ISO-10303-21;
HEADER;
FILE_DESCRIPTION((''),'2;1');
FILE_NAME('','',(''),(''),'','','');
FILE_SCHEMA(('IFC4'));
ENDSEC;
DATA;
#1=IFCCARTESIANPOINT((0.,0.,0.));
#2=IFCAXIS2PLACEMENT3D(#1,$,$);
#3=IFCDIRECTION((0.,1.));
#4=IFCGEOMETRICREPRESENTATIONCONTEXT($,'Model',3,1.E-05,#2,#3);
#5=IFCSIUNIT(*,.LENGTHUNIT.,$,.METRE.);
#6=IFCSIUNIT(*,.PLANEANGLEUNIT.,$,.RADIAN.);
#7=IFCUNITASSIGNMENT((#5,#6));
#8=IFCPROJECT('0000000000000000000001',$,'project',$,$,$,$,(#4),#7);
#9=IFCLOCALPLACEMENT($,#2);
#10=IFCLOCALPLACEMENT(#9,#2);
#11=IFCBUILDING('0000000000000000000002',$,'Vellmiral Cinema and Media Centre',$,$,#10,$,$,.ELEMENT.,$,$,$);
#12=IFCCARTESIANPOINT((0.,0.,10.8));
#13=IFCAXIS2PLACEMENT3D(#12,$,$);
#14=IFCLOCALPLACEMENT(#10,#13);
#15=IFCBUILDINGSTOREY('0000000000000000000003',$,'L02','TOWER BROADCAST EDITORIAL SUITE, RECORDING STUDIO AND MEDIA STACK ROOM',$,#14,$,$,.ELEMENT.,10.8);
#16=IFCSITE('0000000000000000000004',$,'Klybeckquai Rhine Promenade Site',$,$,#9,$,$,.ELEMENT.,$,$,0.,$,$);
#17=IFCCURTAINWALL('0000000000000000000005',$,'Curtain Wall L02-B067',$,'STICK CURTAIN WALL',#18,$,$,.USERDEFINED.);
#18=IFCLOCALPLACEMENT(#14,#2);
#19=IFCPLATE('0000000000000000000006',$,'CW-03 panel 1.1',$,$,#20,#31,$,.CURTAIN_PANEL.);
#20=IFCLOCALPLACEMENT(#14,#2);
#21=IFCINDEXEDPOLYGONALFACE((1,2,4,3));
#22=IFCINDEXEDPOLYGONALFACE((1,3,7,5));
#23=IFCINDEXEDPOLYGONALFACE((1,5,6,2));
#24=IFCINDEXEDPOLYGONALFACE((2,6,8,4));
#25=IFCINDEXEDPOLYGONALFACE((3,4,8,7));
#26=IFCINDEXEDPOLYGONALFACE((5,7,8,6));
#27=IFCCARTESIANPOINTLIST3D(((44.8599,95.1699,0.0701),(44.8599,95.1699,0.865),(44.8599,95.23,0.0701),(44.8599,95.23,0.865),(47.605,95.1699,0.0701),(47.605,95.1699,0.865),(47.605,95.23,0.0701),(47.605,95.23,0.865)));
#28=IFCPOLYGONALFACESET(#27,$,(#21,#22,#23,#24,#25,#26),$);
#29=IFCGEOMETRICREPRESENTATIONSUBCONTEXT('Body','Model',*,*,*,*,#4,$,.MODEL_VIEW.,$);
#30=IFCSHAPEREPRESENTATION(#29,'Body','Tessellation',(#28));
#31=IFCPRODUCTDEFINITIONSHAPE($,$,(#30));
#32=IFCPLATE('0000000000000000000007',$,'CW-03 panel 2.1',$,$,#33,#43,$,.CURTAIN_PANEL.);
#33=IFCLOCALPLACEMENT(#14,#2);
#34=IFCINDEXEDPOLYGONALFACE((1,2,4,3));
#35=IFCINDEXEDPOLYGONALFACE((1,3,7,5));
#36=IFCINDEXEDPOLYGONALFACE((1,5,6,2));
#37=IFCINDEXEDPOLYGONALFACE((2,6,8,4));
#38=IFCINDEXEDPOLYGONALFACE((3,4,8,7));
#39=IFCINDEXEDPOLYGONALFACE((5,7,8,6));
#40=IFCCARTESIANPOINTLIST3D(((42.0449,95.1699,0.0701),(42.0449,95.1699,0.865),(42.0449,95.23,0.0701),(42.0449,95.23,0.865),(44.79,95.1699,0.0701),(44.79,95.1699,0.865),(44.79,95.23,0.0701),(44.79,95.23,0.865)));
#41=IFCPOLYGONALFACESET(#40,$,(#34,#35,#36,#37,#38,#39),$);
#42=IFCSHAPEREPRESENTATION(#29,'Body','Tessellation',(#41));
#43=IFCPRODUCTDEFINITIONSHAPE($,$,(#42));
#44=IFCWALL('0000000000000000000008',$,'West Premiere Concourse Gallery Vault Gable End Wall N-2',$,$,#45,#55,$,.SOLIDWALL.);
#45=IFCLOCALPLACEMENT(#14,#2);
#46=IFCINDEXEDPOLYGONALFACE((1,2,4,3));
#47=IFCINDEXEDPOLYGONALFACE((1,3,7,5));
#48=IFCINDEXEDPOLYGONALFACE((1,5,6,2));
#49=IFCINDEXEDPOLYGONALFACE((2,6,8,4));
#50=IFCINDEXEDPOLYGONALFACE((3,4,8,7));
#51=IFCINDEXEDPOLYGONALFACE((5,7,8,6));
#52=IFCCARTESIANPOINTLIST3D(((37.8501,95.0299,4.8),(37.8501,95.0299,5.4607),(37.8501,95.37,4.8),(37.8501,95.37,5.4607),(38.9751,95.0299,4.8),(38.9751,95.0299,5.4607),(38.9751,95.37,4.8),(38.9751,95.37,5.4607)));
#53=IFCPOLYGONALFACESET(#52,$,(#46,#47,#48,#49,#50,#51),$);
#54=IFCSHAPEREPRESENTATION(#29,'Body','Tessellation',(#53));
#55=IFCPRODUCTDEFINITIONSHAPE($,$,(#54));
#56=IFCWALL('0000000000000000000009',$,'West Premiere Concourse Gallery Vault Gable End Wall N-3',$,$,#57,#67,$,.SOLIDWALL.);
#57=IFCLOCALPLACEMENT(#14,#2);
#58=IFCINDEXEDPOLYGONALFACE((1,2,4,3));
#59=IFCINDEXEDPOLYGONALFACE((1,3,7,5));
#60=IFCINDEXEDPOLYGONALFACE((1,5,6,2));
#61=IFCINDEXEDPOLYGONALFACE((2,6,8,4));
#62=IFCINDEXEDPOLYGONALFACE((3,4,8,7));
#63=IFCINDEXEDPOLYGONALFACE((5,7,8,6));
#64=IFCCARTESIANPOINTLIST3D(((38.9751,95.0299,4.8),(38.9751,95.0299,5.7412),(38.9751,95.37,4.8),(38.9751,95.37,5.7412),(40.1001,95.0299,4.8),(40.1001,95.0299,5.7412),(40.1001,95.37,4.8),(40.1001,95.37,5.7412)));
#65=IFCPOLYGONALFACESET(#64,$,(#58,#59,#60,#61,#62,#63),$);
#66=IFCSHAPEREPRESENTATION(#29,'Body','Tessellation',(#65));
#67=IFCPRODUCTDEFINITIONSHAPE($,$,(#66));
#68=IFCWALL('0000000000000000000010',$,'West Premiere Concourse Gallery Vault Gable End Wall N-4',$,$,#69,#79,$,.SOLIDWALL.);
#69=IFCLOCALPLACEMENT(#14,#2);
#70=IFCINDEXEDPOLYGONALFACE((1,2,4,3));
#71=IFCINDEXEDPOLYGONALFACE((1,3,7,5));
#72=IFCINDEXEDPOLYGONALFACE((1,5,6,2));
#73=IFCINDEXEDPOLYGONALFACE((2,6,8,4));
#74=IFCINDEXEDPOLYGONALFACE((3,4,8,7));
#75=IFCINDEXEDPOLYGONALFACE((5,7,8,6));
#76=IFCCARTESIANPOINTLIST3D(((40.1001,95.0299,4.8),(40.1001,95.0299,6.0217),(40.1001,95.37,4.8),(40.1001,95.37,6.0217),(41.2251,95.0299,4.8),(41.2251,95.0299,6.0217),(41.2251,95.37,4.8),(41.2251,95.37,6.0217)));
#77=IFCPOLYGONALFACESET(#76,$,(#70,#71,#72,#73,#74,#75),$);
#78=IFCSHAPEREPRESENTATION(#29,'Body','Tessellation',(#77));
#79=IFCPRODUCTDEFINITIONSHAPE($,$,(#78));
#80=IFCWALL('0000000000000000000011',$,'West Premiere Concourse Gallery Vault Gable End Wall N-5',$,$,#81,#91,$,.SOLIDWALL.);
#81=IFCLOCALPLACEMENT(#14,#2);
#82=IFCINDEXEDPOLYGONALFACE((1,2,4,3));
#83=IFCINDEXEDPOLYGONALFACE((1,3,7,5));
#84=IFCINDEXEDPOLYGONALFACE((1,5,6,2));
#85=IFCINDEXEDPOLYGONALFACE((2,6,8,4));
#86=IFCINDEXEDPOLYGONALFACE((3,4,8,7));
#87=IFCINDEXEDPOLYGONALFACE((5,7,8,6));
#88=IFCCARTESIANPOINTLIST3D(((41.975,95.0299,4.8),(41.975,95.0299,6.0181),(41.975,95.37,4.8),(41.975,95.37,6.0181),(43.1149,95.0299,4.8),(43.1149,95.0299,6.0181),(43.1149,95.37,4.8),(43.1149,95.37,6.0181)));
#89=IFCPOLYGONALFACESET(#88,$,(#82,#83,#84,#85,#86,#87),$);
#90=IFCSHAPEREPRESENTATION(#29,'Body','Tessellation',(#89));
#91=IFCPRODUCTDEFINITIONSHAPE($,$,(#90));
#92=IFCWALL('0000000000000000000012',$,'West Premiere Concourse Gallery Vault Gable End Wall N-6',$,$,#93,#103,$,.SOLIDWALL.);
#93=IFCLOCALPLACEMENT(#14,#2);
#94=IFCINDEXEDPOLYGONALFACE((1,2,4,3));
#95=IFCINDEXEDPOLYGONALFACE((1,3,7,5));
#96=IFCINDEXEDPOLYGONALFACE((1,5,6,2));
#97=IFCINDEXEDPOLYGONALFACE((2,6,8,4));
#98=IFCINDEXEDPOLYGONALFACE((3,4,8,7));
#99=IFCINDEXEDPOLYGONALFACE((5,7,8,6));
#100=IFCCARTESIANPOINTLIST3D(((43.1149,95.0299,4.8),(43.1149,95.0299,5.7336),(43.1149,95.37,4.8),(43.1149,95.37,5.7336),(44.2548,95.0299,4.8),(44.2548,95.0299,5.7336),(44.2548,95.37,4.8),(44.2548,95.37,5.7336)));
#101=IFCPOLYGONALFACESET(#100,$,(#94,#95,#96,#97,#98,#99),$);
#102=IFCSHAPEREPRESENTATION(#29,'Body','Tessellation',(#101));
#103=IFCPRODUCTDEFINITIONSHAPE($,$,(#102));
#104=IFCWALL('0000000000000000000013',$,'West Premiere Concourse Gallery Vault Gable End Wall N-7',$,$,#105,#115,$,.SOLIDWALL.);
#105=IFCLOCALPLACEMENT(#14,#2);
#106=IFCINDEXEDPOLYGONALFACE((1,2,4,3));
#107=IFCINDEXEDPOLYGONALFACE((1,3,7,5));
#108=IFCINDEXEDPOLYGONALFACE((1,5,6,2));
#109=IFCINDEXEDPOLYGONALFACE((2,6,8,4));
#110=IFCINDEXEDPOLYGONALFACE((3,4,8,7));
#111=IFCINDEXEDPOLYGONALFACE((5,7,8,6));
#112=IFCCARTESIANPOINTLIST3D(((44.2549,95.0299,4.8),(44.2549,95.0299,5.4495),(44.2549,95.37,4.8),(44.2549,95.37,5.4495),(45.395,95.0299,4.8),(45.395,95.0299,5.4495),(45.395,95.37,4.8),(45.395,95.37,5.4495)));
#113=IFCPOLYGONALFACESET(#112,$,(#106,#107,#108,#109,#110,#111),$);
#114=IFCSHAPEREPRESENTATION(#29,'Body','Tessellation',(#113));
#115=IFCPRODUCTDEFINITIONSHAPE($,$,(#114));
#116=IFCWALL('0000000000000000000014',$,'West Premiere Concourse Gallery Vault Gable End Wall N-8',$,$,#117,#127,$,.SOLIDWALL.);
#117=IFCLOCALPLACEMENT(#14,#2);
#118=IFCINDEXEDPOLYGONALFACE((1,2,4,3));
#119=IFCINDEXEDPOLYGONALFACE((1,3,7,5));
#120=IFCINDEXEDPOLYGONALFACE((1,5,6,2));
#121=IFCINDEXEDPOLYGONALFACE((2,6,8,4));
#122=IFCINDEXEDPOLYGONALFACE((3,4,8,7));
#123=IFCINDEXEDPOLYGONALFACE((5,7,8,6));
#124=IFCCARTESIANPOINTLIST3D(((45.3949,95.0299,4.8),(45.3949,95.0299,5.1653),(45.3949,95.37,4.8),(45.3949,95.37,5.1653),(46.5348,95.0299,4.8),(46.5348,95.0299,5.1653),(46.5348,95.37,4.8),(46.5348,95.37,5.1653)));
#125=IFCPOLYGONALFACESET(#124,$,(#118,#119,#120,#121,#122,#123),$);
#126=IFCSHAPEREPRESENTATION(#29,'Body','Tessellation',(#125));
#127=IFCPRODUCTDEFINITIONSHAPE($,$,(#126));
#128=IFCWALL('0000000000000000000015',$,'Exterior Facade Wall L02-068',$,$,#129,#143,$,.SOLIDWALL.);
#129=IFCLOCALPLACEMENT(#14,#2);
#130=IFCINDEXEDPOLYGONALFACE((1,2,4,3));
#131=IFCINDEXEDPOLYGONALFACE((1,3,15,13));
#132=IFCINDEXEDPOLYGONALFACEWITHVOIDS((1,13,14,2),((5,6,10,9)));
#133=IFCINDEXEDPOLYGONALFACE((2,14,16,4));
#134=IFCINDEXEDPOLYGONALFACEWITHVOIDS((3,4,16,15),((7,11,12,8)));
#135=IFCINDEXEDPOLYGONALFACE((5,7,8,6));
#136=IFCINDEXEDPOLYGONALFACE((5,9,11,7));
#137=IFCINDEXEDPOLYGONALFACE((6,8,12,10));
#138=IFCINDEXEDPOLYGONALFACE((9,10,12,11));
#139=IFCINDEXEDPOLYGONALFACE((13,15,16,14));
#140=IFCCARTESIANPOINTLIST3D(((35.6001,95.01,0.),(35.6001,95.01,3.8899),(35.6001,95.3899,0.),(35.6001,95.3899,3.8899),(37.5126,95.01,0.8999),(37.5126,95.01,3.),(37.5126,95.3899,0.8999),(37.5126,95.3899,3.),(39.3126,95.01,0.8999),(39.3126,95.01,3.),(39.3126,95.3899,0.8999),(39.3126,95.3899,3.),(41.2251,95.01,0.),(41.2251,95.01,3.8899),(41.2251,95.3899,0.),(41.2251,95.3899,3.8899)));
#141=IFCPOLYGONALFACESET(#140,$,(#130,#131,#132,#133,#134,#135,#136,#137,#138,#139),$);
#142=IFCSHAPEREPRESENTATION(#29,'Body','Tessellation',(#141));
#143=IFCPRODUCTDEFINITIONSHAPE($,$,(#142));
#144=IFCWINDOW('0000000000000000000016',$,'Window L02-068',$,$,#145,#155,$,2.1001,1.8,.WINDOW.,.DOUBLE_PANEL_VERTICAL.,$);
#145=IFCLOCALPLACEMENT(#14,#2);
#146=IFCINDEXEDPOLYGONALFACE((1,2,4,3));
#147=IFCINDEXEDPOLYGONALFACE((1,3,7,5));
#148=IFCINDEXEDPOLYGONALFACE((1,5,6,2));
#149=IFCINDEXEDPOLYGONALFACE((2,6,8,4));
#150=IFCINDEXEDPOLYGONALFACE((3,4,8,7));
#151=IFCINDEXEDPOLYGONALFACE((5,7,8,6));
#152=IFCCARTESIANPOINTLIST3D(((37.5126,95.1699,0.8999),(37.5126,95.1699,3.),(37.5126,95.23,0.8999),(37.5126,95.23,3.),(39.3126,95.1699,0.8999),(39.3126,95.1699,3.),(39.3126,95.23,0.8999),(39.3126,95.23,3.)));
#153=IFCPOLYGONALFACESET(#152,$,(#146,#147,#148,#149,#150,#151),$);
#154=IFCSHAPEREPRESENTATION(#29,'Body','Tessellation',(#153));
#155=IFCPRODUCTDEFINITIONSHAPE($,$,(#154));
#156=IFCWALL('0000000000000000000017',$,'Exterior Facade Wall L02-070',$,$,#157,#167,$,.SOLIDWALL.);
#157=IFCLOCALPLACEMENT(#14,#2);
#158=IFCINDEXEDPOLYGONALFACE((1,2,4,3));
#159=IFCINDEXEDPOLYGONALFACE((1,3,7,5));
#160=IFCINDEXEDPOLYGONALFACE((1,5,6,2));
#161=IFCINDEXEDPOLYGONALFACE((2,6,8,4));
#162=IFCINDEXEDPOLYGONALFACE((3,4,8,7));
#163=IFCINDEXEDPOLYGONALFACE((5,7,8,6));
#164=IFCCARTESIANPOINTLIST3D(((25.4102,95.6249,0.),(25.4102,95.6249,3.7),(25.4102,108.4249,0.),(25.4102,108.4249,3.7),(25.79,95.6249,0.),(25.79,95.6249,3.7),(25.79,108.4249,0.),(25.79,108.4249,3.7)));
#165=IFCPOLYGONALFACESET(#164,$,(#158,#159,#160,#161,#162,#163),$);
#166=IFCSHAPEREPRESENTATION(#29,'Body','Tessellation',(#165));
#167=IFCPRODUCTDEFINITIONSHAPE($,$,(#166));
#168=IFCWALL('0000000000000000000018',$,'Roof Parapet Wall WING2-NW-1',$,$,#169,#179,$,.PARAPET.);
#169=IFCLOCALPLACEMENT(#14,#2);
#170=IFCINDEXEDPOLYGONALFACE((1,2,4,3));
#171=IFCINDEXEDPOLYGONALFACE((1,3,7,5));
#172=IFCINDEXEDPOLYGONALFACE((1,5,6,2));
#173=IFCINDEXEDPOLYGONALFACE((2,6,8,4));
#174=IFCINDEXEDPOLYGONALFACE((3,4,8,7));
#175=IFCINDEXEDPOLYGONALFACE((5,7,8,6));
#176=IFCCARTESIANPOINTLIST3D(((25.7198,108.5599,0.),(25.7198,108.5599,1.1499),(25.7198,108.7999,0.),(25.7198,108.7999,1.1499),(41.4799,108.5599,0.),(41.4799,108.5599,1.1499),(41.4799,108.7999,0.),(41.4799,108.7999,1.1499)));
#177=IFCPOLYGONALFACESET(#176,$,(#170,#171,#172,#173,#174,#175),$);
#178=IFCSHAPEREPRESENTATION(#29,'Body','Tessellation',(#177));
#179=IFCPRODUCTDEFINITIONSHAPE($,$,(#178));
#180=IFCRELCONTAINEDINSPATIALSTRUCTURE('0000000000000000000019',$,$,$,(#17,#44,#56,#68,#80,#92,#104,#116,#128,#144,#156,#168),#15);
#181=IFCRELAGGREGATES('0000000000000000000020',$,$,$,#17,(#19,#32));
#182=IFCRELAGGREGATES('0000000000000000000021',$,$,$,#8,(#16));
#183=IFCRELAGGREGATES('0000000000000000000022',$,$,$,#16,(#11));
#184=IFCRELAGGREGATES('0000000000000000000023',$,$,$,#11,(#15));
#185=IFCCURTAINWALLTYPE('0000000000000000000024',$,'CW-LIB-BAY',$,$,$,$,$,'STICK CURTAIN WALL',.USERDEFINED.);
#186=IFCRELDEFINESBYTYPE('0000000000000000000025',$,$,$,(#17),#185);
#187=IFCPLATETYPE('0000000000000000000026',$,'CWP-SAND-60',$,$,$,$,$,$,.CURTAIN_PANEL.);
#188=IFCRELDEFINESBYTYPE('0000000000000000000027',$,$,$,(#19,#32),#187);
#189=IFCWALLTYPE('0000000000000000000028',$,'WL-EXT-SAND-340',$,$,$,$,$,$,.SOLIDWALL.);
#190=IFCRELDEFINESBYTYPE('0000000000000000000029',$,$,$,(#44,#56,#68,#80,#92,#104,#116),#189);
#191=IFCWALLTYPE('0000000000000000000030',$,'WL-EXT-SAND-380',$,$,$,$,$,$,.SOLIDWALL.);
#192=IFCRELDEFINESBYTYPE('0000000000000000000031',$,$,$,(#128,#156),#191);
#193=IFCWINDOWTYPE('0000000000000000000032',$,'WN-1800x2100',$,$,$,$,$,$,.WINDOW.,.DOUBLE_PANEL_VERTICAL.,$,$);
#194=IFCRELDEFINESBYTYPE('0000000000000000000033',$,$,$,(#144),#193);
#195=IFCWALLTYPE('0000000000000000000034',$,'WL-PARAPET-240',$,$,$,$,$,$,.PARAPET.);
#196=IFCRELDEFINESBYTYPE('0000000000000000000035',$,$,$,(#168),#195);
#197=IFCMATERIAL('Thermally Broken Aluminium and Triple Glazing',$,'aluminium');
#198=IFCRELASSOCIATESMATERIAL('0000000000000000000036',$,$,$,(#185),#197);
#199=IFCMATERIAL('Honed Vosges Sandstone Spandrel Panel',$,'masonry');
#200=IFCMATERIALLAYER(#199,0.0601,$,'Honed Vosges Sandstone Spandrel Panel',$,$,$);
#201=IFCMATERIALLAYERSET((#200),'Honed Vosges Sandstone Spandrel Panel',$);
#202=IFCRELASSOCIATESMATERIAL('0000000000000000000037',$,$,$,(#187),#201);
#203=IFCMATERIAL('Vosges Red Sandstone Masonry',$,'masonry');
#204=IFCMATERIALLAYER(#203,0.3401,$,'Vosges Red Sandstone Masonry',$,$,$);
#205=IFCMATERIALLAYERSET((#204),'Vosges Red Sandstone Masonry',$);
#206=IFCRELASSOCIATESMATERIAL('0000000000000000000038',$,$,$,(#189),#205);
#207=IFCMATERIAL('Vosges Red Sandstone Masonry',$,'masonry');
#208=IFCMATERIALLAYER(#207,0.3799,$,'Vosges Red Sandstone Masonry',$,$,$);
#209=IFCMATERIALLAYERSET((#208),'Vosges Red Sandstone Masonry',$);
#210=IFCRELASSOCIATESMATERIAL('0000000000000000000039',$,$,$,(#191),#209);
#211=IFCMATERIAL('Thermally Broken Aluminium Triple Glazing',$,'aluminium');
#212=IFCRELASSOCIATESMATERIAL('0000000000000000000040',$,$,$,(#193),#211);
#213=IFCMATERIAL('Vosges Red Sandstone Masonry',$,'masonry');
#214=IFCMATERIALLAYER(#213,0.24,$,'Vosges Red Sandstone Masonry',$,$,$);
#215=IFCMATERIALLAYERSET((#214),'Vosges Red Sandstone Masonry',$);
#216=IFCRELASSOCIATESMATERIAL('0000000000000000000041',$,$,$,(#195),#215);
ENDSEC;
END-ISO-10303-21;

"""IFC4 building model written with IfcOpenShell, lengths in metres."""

from ifc_helpers import new_model, si_unit, direction, frame, frame_2d, origin, origin_2d, place, context, subcontext, project, spatial, rectangle, extrude, material, layer, layer_set, type_object, element, fill, aggregate, save


model = new_model("IFC4")

# Units and contexts
model_context = context("Model", 3, precision=1e-05, world=origin(), true_north=direction((0.0, 1.0)))
body_context = subcontext(model_context, "Body", "Model", "MODEL_VIEW")
ifc_project = project(units=[si_unit("LENGTHUNIT", "METRE"), si_unit("PLANEANGLEUNIT", "RADIAN")], contexts=[model_context])

# Site, building, storey
site_placement = place(None, origin())
site = spatial("IfcSite", under=ifc_project, at=site_placement, Name="Klybeckquai Rhine Promenade Site", CompositionType="ELEMENT", RefElevation=0.0)
building_placement = place(site_placement, origin())
building = spatial("IfcBuilding", under=site, at=building_placement, Name="Vellmiral Cinema and Media Centre", CompositionType="ELEMENT")
storey_placement = place(building_placement, frame((0.0, 0.0, 10.8)))
storey = spatial("IfcBuildingStorey", under=building, at=storey_placement, Name="L02", Description="TOWER BROADCAST EDITORIAL SUITE, RECORDING STUDIO AND MEDIA STACK ROOM", CompositionType="ELEMENT", Elevation=10.8)

# Curtain wall
ifc_material_1 = material(Name="Thermally Broken Aluminium and Triple Glazing", Category="aluminium")
curtain_wall_type = type_object("IfcCurtainWallType", Name="CW-LIB-BAY", ElementType="STICK CURTAIN WALL", PredefinedType="USERDEFINED", material=ifc_material_1)
curtain_wall_placement = place(storey_placement, origin())
curtain_wall = element("IfcCurtainWall", 1, at=curtain_wall_placement, inside=storey, type_object=curtain_wall_type, Name="Curtain Wall L02-B067", ObjectType="STICK CURTAIN WALL", PredefinedType="USERDEFINED")

# Plates
ifc_material_2 = material(Name="Honed Vosges Sandstone Spandrel Panel", Category="masonry")
ifc_layer_1 = layer(ifc_material_2, 0.0601, Name="Honed Vosges Sandstone Spandrel Panel")
ifc_layer_set_1 = layer_set([ifc_layer_1], Name="Honed Vosges Sandstone Spandrel Panel")
plate_type_1 = type_object("IfcPlateType", Name="CWP-SAND-60", PredefinedType="CURTAIN_PANEL", material=ifc_layer_set_1)
plate_1_placement = place(storey_placement, frame((46.2324, 95.2, 0.0701), z_axis=(0.0, 0.0, 1.0), x_axis=(-1.0, 0.0, 0.0)))
plate_1 = element("IfcPlate", 2, at=plate_1_placement, type_object=plate_type_1, Name="CW-03 panel 1.1", PredefinedType="CURTAIN_PANEL", context=body_context, shape_type="SweptSolid", body=[
    extrude(rectangle(XDim=2.7451, YDim=0.0601, at=origin_2d()), origin(), (0.0, 0.0, 1.0), 0.7949),
])
plate_2_placement = place(storey_placement, frame((43.4175, 95.2, 0.0701), z_axis=(0.0, 0.0, 1.0), x_axis=(-1.0, 0.0, 0.0)))
plate_2 = element("IfcPlate", 3, at=plate_2_placement, type_object=plate_type_1, Name="CW-03 panel 2.1", PredefinedType="CURTAIN_PANEL", context=body_context, shape_type="SweptSolid", body=[
    extrude(rectangle(XDim=2.7451, YDim=0.0601, at=origin_2d()), origin(), (0.0, 0.0, 1.0), 0.7949),
])
aggregate(curtain_wall, [plate_1, plate_2])

# Walls
ifc_material_3 = material(Name="Vosges Red Sandstone Masonry", Category="masonry")
ifc_layer_2 = layer(ifc_material_3, 0.3401, Name="Vosges Red Sandstone Masonry")
ifc_layer_set_2 = layer_set([ifc_layer_2], Name="Vosges Red Sandstone Masonry")
wall_type_1 = type_object("IfcWallType", Name="WL-EXT-SAND-340", PredefinedType="SOLIDWALL", material=ifc_layer_set_2)
wall_1_placement = place(storey_placement, frame((37.8501, 95.2, 4.8), z_axis=(0.0, 0.0, 1.0), x_axis=(1.0, 0.0, 0.0)))
element("IfcWall", 4, at=wall_1_placement, inside=storey, type_object=wall_type_1, Name="West Premiere Concourse Gallery Vault Gable End Wall N-2", PredefinedType="SOLIDWALL", context=body_context, shape_type="SweptSolid", body=[
    extrude(rectangle(XDim=1.125, YDim=0.3401, at=frame_2d((0.5625, 0.0))), origin(), (0.0, 0.0, 1.0), 0.6606),
])
wall_2_placement = place(storey_placement, frame((38.9751, 95.2, 4.8), z_axis=(0.0, 0.0, 1.0), x_axis=(1.0, 0.0, 0.0)))
element("IfcWall", 5, at=wall_2_placement, inside=storey, type_object=wall_type_1, Name="West Premiere Concourse Gallery Vault Gable End Wall N-3", PredefinedType="SOLIDWALL", context=body_context, shape_type="SweptSolid", body=[
    extrude(rectangle(XDim=1.125, YDim=0.3401, at=frame_2d((0.5625, 0.0))), origin(), (0.0, 0.0, 1.0), 0.9412),
])
wall_3_placement = place(storey_placement, frame((40.1001, 95.2, 4.8), z_axis=(0.0, 0.0, 1.0), x_axis=(1.0, 0.0, 0.0)))
element("IfcWall", 6, at=wall_3_placement, inside=storey, type_object=wall_type_1, Name="West Premiere Concourse Gallery Vault Gable End Wall N-4", PredefinedType="SOLIDWALL", context=body_context, shape_type="SweptSolid", body=[
    extrude(rectangle(XDim=1.125, YDim=0.3401, at=frame_2d((0.5625, 0.0))), origin(), (0.0, 0.0, 1.0), 1.2217),
])
wall_4_placement = place(storey_placement, frame((41.9751, 95.2, 4.8), z_axis=(0.0, 0.0, 1.0), x_axis=(1.0, 0.0, 0.0)))
element("IfcWall", 7, at=wall_4_placement, inside=storey, type_object=wall_type_1, Name="West Premiere Concourse Gallery Vault Gable End Wall N-5", PredefinedType="SOLIDWALL", context=body_context, shape_type="SweptSolid", body=[
    extrude(rectangle(XDim=1.1399, YDim=0.3401, at=frame_2d((0.5698, 0.0))), origin(), (0.0, 0.0, 1.0), 1.218),
])
wall_5_placement = place(storey_placement, frame((43.115, 95.2, 4.8), z_axis=(0.0, 0.0, 1.0), x_axis=(1.0, 0.0, 0.0)))
element("IfcWall", 8, at=wall_5_placement, inside=storey, type_object=wall_type_1, Name="West Premiere Concourse Gallery Vault Gable End Wall N-6", PredefinedType="SOLIDWALL", context=body_context, shape_type="SweptSolid", body=[
    extrude(rectangle(XDim=1.1399, YDim=0.3401, at=frame_2d((0.5698, 0.0))), origin(), (0.0, 0.0, 1.0), 0.9336),
])
wall_6_placement = place(storey_placement, frame((44.2549, 95.2, 4.8), z_axis=(0.0, 0.0, 1.0), x_axis=(1.0, 0.0, 0.0)))
element("IfcWall", 9, at=wall_6_placement, inside=storey, type_object=wall_type_1, Name="West Premiere Concourse Gallery Vault Gable End Wall N-7", PredefinedType="SOLIDWALL", context=body_context, shape_type="SweptSolid", body=[
    extrude(rectangle(XDim=1.1401, YDim=0.3401, at=frame_2d((0.5701, 0.0))), origin(), (0.0, 0.0, 1.0), 0.6494),
])
wall_7_placement = place(storey_placement, frame((45.395, 95.2, 4.8), z_axis=(0.0, 0.0, 1.0), x_axis=(1.0, 0.0, 0.0)))
element("IfcWall", 10, at=wall_7_placement, inside=storey, type_object=wall_type_1, Name="West Premiere Concourse Gallery Vault Gable End Wall N-8", PredefinedType="SOLIDWALL", context=body_context, shape_type="SweptSolid", body=[
    extrude(rectangle(XDim=1.1399, YDim=0.3401, at=frame_2d((0.5698, 0.0))), origin(), (0.0, 0.0, 1.0), 0.3652),
])

# Wall, opening, window
ifc_material_4 = material(Name="Vosges Red Sandstone Masonry", Category="masonry")
ifc_layer_3 = layer(ifc_material_4, 0.3799, Name="Vosges Red Sandstone Masonry")
ifc_layer_set_3 = layer_set([ifc_layer_3], Name="Vosges Red Sandstone Masonry")
wall_type_2 = type_object("IfcWallType", Name="WL-EXT-SAND-380", PredefinedType="SOLIDWALL", material=ifc_layer_set_3)
wall_8_placement = place(storey_placement, frame((41.2251, 95.2, 0.0), z_axis=(0.0, 0.0, 1.0), x_axis=(-1.0, 0.0, 0.0)))
wall_8 = element("IfcWall", 11, at=wall_8_placement, inside=storey, type_object=wall_type_2, Name="Exterior Facade Wall L02-068", PredefinedType="SOLIDWALL", context=body_context, shape_type="SweptSolid", body=[
    extrude(rectangle(XDim=5.625, YDim=0.3799, at=frame_2d((2.8125, 0.0))), origin(), (0.0, 0.0, 1.0), 3.8899),
])
opening_placement = place(wall_8_placement, frame((1.9126, 0.0, 0.8999)))
opening = element("IfcOpeningElement", 12, at=opening_placement, cuts=wall_8, PredefinedType="OPENING", context=body_context, shape_type="SweptSolid", body=[
    extrude(rectangle(XDim=1.8, YDim=2.1001, at=frame_2d((0.8999, 1.05))), frame((0.0, 0.2019, 0.0), z_axis=(0.0, -1.0, 0.0), x_axis=(1.0, 0.0, 0.0)), (0.0, 0.0, 1.0), 0.4038),
])
ifc_material_5 = material(Name="Thermally Broken Aluminium Triple Glazing", Category="aluminium")
window_type = type_object("IfcWindowType", Name="WN-1800x2100", PartitioningType="DOUBLE_PANEL_VERTICAL", PredefinedType="WINDOW", material=ifc_material_5)
window_placement = place(opening_placement, origin())
window = element("IfcWindow", 13, at=window_placement, inside=storey, type_object=window_type, Name="Window L02-068", OverallHeight=2.1001, OverallWidth=1.8, PartitioningType="DOUBLE_PANEL_VERTICAL", PredefinedType="WINDOW", context=body_context, shape_type="SweptSolid", body=[
    extrude(rectangle(XDim=1.8, YDim=2.1001, at=frame_2d((0.8999, 1.05))), frame((0.0, 0.03, 0.0), z_axis=(0.0, -1.0, 0.0), x_axis=(1.0, 0.0, 0.0)), (0.0, 0.0, 1.0), 0.0601),
])
fill(opening, window)

# Walls
wall_9_placement = place(storey_placement, frame((25.6001, 95.625, 0.0), z_axis=(0.0, 0.0, 1.0), x_axis=(0.0, 1.0, 0.0)))
element("IfcWall", 14, at=wall_9_placement, inside=storey, type_object=wall_type_2, Name="Exterior Facade Wall L02-070", PredefinedType="SOLIDWALL", context=body_context, shape_type="SweptSolid", body=[
    extrude(rectangle(XDim=12.8, YDim=0.3799, at=frame_2d((6.3999, 0.0))), origin(), (0.0, 0.0, 1.0), 3.7),
])
ifc_material_6 = material(Name="Vosges Red Sandstone Masonry", Category="masonry")
ifc_layer_4 = layer(ifc_material_6, 0.24, Name="Vosges Red Sandstone Masonry")
ifc_layer_set_4 = layer_set([ifc_layer_4], Name="Vosges Red Sandstone Masonry")
wall_type_3 = type_object("IfcWallType", Name="WL-PARAPET-240", PredefinedType="PARAPET", material=ifc_layer_set_4)
wall_10_placement = place(storey_placement, frame((25.72, 108.6799, 0.0), z_axis=(0.0, 0.0, 1.0), x_axis=(1.0, 0.0, 0.0)))
element("IfcWall", 15, at=wall_10_placement, inside=storey, type_object=wall_type_3, Name="Roof Parapet Wall WING2-NW-1", PredefinedType="PARAPET", context=body_context, shape_type="SweptSolid", body=[
    extrude(rectangle(XDim=15.76, YDim=0.24, at=frame_2d((7.8799, 0.0))), origin(), (0.0, 0.0, 1.0), 1.1499),
])

save(model, "model.ifc")
